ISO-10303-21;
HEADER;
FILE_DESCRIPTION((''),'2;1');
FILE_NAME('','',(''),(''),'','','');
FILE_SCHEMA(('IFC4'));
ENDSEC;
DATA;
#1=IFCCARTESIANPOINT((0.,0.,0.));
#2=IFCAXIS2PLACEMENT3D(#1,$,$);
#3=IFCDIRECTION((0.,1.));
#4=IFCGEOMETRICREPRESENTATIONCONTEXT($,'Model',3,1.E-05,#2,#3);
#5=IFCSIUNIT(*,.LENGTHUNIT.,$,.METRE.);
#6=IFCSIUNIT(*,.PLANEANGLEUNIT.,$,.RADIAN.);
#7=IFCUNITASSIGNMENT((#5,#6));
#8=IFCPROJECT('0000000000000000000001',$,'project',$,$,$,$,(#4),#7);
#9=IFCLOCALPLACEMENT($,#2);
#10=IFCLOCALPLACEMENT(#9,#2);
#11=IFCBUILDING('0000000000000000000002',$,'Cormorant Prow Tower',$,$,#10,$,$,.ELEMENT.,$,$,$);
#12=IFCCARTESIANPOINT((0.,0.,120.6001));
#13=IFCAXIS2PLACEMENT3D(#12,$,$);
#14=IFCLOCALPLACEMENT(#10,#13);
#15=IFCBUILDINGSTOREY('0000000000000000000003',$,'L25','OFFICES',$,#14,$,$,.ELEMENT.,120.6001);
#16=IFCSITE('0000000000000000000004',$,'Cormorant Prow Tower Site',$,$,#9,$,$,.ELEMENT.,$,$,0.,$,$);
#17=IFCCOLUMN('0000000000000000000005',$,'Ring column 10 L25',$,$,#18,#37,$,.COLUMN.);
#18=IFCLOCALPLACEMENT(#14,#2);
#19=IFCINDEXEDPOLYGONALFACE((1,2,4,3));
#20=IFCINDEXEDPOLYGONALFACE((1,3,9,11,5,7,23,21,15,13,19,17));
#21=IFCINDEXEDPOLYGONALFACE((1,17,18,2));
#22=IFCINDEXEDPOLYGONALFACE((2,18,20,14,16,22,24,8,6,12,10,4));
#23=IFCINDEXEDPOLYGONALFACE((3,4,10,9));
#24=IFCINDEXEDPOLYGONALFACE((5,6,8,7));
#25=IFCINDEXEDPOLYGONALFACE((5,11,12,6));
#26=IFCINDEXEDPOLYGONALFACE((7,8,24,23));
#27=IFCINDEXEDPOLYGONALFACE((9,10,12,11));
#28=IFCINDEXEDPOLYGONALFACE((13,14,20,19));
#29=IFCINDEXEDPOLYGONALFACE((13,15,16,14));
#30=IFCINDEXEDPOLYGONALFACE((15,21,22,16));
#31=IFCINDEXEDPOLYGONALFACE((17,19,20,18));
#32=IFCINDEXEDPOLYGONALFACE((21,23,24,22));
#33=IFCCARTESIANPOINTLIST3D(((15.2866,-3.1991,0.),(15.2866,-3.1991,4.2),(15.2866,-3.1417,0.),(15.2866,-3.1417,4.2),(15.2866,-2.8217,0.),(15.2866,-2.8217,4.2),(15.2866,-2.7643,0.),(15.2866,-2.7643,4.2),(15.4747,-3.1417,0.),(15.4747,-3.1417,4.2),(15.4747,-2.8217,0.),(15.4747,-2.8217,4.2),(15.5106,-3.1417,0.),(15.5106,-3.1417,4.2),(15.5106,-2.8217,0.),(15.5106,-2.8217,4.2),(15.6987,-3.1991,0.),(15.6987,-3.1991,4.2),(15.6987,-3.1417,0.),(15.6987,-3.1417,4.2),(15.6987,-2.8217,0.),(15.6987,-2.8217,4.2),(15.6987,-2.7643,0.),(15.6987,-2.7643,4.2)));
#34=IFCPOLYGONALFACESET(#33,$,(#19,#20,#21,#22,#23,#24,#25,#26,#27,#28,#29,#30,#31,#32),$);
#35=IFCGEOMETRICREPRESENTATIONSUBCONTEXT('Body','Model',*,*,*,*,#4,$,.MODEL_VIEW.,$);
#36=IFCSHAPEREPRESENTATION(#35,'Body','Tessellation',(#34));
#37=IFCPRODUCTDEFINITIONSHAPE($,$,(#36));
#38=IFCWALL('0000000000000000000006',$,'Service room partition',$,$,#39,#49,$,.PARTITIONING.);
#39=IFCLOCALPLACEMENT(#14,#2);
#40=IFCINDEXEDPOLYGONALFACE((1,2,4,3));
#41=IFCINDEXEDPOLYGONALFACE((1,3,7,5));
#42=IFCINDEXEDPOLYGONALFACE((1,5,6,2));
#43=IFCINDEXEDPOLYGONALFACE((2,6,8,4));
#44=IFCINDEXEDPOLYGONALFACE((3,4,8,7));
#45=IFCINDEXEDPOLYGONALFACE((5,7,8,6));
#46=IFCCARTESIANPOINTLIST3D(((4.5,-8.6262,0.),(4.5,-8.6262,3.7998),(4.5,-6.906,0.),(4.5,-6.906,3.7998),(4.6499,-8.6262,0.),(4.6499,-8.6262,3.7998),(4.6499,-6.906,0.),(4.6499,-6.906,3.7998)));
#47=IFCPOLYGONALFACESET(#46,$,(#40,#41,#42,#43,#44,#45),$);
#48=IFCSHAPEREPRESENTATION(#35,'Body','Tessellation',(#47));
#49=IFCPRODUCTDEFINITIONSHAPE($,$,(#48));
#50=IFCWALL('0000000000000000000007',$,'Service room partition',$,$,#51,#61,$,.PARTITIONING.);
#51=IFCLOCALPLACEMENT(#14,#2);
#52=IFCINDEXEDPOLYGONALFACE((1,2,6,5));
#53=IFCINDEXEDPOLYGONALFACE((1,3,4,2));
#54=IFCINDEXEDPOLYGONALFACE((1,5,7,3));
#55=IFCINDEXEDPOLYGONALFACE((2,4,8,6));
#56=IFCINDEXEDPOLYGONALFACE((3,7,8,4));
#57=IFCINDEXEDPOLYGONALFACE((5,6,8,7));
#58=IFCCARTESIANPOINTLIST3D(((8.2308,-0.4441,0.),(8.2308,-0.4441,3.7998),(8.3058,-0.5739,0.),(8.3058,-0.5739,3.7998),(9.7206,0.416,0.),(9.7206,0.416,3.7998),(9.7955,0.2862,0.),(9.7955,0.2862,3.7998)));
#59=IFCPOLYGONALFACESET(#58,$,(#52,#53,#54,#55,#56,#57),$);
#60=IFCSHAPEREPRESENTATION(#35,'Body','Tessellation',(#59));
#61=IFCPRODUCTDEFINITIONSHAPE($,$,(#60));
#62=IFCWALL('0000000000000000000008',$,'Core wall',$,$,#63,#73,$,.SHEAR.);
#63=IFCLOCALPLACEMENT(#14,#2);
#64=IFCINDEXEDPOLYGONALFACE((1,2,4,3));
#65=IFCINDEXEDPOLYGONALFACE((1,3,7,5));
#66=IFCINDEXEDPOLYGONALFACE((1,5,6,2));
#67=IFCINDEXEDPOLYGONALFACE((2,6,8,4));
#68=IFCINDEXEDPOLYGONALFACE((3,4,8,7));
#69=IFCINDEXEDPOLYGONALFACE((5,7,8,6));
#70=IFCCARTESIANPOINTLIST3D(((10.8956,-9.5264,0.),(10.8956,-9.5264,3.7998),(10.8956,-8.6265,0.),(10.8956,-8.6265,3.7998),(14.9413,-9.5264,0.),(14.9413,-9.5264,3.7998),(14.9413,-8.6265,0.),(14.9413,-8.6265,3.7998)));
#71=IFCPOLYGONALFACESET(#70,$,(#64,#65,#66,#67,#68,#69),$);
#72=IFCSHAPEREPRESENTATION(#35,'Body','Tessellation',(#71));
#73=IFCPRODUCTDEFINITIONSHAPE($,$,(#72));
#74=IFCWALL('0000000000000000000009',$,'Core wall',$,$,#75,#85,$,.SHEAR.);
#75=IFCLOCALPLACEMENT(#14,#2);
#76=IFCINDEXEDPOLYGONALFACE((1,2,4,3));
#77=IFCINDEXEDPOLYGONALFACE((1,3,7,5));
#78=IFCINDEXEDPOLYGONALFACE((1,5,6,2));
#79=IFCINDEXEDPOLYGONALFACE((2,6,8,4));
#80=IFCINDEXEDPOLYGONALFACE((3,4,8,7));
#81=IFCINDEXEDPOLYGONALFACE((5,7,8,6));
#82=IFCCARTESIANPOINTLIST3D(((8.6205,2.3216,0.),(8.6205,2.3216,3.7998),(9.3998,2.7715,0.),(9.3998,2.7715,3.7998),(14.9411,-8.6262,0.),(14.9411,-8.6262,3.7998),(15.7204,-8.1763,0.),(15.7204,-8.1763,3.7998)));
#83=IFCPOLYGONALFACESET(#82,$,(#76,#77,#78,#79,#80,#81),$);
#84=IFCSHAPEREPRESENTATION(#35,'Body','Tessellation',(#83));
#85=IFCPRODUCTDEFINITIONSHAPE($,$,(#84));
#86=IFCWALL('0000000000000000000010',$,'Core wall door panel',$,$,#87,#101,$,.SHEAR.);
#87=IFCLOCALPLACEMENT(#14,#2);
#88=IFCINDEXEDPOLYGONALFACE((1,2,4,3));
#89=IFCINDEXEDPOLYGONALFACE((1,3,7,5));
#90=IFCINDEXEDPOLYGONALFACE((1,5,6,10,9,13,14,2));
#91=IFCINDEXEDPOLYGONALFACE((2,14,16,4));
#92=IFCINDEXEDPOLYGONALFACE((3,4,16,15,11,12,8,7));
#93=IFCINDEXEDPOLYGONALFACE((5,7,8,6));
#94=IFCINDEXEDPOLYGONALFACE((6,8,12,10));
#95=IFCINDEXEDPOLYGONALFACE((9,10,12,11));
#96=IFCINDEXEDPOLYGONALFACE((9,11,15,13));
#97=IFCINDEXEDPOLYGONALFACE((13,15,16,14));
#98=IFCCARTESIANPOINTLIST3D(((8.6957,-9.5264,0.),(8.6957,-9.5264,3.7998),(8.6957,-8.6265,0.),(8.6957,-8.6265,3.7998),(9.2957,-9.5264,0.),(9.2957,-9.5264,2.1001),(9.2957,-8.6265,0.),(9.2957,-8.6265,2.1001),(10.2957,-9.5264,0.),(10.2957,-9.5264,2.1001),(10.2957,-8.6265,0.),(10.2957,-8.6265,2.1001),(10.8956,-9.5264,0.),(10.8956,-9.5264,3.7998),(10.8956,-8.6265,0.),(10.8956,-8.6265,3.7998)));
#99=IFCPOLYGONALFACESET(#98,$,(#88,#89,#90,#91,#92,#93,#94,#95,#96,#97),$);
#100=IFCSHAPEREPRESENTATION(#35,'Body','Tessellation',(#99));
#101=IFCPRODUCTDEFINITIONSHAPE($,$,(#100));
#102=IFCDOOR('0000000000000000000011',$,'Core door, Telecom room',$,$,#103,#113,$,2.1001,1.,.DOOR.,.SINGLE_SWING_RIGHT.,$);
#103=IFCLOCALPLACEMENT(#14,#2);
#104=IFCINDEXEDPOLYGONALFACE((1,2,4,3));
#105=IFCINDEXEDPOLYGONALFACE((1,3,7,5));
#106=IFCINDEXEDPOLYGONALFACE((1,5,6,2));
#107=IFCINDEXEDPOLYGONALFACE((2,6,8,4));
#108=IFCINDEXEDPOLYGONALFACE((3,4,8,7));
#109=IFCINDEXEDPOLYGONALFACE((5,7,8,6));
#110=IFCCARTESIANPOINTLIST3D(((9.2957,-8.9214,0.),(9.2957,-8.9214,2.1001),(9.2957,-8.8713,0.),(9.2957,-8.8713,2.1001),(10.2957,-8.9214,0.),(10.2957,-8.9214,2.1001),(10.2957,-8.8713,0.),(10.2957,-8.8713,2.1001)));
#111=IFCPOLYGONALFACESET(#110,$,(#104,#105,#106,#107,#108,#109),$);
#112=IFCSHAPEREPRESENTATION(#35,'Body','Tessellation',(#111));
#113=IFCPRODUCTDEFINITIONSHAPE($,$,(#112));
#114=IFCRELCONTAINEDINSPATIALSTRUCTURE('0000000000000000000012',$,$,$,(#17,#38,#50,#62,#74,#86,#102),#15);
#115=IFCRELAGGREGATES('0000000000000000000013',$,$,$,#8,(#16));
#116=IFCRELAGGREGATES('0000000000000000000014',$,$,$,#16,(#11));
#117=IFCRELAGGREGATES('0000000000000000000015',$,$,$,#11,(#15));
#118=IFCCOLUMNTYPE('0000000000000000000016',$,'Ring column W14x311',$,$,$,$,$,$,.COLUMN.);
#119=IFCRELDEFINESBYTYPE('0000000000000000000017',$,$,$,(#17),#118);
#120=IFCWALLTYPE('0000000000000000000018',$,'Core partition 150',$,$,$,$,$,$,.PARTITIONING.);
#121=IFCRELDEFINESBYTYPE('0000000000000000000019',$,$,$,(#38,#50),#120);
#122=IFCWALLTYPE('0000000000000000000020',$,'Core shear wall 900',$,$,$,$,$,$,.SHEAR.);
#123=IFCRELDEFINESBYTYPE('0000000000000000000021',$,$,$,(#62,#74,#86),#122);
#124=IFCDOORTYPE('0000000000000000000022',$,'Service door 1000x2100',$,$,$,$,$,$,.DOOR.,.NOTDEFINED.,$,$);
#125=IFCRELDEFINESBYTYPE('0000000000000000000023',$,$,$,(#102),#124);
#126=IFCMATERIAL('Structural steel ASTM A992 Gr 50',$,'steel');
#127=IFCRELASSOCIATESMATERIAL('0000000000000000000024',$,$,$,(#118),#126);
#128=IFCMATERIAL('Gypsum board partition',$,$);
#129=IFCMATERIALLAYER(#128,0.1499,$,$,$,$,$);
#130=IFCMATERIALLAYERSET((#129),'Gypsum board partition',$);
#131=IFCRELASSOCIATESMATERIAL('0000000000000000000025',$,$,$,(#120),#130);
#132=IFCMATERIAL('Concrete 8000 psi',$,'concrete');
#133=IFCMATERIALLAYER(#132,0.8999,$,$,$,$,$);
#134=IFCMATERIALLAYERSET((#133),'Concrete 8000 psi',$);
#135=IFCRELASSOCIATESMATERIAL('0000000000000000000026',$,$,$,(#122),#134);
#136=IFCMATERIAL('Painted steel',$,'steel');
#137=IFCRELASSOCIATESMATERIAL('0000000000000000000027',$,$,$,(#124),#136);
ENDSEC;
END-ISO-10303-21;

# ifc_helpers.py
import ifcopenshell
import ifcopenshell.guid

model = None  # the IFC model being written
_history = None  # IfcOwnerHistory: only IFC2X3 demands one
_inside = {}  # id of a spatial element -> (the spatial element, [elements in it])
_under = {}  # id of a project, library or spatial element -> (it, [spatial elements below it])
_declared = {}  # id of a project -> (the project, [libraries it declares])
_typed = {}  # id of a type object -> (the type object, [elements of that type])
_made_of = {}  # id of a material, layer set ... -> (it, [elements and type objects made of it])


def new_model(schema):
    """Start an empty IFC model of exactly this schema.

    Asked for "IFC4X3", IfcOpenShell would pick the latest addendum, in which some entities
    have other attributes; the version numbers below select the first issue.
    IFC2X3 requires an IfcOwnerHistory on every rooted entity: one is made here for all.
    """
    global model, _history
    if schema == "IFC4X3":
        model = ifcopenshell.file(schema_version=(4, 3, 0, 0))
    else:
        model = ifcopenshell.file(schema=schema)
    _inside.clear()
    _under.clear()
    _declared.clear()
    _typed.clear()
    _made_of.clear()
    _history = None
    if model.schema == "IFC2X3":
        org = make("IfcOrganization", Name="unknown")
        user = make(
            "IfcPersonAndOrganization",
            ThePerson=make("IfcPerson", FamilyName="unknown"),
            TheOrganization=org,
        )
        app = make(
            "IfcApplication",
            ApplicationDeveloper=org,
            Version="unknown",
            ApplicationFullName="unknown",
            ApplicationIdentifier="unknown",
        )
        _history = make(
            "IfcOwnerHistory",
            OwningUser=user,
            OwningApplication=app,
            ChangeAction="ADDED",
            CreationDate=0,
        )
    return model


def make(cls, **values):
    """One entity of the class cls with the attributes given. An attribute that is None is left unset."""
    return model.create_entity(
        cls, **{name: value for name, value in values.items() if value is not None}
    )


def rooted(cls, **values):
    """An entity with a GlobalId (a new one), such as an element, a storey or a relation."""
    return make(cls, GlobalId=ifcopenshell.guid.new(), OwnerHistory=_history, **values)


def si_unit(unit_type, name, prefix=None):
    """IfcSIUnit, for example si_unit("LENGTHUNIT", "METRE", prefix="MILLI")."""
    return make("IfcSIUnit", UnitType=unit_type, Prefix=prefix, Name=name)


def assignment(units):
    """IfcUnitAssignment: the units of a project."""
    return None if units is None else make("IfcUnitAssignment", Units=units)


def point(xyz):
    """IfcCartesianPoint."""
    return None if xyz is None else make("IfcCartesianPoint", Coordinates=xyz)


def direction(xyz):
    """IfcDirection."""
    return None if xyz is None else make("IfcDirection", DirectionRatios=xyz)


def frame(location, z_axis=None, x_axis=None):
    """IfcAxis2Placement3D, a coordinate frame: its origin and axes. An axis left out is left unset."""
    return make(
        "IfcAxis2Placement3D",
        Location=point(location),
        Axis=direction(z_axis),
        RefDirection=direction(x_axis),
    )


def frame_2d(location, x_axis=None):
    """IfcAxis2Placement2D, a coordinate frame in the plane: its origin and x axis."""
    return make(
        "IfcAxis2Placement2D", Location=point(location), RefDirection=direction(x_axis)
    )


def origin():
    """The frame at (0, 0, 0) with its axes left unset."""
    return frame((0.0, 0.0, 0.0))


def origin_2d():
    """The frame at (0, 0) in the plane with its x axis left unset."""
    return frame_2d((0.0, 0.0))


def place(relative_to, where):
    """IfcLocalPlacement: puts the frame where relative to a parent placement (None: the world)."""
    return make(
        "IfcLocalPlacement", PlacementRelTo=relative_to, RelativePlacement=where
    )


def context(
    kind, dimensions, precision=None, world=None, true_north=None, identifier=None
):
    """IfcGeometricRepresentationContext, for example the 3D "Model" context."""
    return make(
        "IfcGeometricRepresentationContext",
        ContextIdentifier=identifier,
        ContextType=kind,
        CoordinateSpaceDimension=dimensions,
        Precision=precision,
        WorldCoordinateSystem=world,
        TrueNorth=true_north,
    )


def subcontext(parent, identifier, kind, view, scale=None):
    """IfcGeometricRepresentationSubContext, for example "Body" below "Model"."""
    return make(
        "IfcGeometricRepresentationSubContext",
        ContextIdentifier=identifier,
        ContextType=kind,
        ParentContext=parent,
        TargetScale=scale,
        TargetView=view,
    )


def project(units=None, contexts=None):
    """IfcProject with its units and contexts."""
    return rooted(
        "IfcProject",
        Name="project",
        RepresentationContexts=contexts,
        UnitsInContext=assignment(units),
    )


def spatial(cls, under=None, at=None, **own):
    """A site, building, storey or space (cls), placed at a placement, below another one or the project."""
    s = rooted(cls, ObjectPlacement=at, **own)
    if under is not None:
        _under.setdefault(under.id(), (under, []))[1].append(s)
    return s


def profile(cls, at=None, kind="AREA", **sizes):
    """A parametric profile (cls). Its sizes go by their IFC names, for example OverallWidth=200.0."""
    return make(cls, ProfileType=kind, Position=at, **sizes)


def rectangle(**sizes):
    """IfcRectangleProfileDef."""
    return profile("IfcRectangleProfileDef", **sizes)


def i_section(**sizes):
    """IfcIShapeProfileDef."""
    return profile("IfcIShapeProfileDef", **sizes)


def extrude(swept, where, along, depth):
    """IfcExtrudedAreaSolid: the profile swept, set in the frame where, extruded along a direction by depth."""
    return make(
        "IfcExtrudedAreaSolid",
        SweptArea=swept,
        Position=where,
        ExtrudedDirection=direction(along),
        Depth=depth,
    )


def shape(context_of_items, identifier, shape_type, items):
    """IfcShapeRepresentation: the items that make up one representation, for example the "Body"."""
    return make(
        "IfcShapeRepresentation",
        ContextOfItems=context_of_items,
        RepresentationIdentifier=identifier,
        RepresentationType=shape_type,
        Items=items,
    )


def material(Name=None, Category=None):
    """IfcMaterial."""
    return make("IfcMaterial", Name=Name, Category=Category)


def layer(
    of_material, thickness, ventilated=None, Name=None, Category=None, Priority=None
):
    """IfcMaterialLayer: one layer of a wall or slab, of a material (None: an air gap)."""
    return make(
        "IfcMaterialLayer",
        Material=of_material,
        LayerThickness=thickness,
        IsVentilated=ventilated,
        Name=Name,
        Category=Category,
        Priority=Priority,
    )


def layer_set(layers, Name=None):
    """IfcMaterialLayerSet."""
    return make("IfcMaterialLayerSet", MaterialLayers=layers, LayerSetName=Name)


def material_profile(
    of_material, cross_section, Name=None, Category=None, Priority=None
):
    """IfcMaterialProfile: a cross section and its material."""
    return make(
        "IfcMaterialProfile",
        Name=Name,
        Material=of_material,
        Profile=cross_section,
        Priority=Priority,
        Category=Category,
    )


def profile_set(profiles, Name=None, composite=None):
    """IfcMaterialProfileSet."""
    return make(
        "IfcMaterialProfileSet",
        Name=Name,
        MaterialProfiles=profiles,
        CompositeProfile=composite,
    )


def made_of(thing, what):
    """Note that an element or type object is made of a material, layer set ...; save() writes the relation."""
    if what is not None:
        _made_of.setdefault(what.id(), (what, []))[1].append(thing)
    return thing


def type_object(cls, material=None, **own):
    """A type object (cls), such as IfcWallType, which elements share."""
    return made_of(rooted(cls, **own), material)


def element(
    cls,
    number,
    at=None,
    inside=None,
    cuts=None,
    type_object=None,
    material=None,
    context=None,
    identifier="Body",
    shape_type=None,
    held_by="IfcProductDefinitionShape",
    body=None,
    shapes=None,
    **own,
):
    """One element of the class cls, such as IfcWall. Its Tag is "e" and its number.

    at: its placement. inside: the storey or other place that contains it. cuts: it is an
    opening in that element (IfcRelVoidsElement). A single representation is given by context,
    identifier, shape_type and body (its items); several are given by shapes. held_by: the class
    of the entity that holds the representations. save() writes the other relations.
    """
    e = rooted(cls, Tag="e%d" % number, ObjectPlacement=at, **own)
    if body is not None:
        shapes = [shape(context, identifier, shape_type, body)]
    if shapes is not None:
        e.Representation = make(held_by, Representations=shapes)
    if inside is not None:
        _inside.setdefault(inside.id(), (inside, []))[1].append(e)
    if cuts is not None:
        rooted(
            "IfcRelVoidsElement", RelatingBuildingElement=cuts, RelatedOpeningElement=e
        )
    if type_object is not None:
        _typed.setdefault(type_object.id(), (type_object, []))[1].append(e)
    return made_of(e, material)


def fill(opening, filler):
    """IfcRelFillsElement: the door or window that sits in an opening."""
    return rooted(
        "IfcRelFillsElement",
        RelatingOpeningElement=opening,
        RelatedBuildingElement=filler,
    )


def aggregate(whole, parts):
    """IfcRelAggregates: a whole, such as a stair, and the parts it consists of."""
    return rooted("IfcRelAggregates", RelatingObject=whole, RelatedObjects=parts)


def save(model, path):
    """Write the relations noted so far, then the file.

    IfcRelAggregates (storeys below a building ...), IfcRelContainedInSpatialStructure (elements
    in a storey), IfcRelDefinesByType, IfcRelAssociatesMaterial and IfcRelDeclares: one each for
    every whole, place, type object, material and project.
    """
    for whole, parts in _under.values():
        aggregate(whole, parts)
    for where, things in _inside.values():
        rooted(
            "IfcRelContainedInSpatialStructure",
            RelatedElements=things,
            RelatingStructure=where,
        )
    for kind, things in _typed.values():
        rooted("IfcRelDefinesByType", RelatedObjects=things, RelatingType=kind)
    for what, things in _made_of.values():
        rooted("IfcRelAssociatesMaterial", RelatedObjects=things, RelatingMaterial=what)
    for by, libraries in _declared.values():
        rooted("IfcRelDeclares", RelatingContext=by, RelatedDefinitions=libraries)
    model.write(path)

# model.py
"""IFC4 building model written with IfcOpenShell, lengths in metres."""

from ifc_helpers import new_model, si_unit, direction, frame, frame_2d, origin, origin_2d, place, context, subcontext, project, spatial, rectangle, i_section, extrude, material, layer, layer_set, material_profile, profile_set, type_object, element, fill, save


model = new_model("IFC4")

# Units and contexts
model_context = context("Model", 3, precision=1e-05, world=origin(), true_north=direction((0.0, 1.0)))
body_context = subcontext(model_context, "Body", "Model", "MODEL_VIEW")
ifc_project = project(units=[si_unit("LENGTHUNIT", "METRE"), si_unit("PLANEANGLEUNIT", "RADIAN")], contexts=[model_context])

# Site, building, storey
site_placement = place(None, origin())
site = spatial("IfcSite", under=ifc_project, at=site_placement, Name="Cormorant Prow Tower Site", CompositionType="ELEMENT", RefElevation=0.0)
building_placement = place(site_placement, origin())
building = spatial("IfcBuilding", under=site, at=building_placement, Name="Cormorant Prow Tower", CompositionType="ELEMENT")
storey_placement = place(building_placement, frame((0.0, 0.0, 120.6001)))
storey = spatial("IfcBuildingStorey", under=building, at=storey_placement, Name="L25", Description="OFFICES", CompositionType="ELEMENT", Elevation=120.6001)

# Column
ifc_material_1 = material(Name="Structural steel ASTM A992 Gr 50", Category="steel")
ifc_material_profile = material_profile(ifc_material_1, i_section(OverallWidth=0.4121, OverallDepth=0.4348, WebThickness=0.0359, FlangeThickness=0.0574, at=origin_2d()), Name="W14x311")
ifc_profile_set = profile_set([ifc_material_profile], Name="Structural steel ASTM A992 Gr 50")
column_type = type_object("IfcColumnType", Name="Ring column W14x311", PredefinedType="COLUMN", material=ifc_profile_set)
column_placement = place(storey_placement, frame((15.4927, -2.9817, 0.0), z_axis=(0.0, 0.0, 1.0), x_axis=(1.0, 0.0, 0.0)))
element("IfcColumn", 1, at=column_placement, inside=storey, type_object=column_type, Name="Ring column 10 L25", PredefinedType="COLUMN", context=body_context, shape_type="SweptSolid", body=[
    extrude(i_section(OverallWidth=0.4121, OverallDepth=0.4348, WebThickness=0.0359, FlangeThickness=0.0574, at=origin_2d()), origin(), (0.0, 0.0, 1.0), 4.2),
])

# Walls
ifc_material_2 = material(Name="Gypsum board partition")
ifc_layer_1 = layer(ifc_material_2, 0.1499)
ifc_layer_set_1 = layer_set([ifc_layer_1], Name="Gypsum board partition")
wall_type_1 = type_object("IfcWallType", Name="Core partition 150", PredefinedType="PARTITIONING", material=ifc_layer_set_1)
for number, where, z_axis, x_axis, name in (
    (2, (4.575, -6.906, 0.0), (0.0, 0.0, 1.0), (0.0, -1.0, 0.0), "Service room partition"),
    (3, (8.2683, -0.509, 0.0), (0.0, 0.0, 1.0), (0.866025, 0.500001, 0.0), "Service room partition"),
):
    element("IfcWall", number, at=place(storey_placement, frame(where, z_axis=z_axis, x_axis=x_axis)), inside=storey, type_object=wall_type_1, Name=name, PredefinedType="PARTITIONING", context=body_context, shape_type="SweptSolid", body=[
        extrude(rectangle(XDim=1.7202, YDim=0.1499, at=frame_2d((0.8601, 0.0))), origin(), (0.0, 0.0, 1.0), 3.7998),
    ])
ifc_material_3 = material(Name="Concrete 8000 psi", Category="concrete")
ifc_layer_2 = layer(ifc_material_3, 0.8999)
ifc_layer_set_2 = layer_set([ifc_layer_2], Name="Concrete 8000 psi")
wall_type_2 = type_object("IfcWallType", Name="Core shear wall 900", PredefinedType="SHEAR", material=ifc_layer_set_2)
wall_1_placement = place(storey_placement, frame((10.8955, -9.0764, 0.0), z_axis=(0.0, 0.0, 1.0), x_axis=(1.0, 0.0, 0.0)))
element("IfcWall", 4, at=wall_1_placement, inside=storey, type_object=wall_type_2, Name="Core wall", PredefinedType="SHEAR", context=body_context, shape_type="SweptSolid", body=[
    extrude(rectangle(XDim=4.0457, YDim=0.8999, at=frame_2d((2.0229, 0.0))), origin(), (0.0, 0.0, 1.0), 3.7998),
])
wall_2_placement = place(storey_placement, frame((15.3308, -8.4014, 0.0), z_axis=(0.0, 0.0, 1.0), x_axis=(-0.499992, 0.86603, 0.0)))
element("IfcWall", 5, at=wall_2_placement, inside=storey, type_object=wall_type_2, Name="Core wall", PredefinedType="SHEAR", context=body_context, shape_type="SweptSolid", body=[
    extrude(rectangle(XDim=12.6414, YDim=0.8999, at=frame_2d((6.3208, 0.0))), origin(), (0.0, 0.0, 1.0), 3.7998),
])

# Wall, opening, door
wall_3_placement = place(storey_placement, frame((8.6956, -9.0764, 0.0), z_axis=(0.0, 0.0, 1.0), x_axis=(1.0, 0.0, 0.0)))
wall_3 = element("IfcWall", 6, at=wall_3_placement, inside=storey, type_object=wall_type_2, Name="Core wall door panel", PredefinedType="SHEAR", context=body_context, shape_type="SweptSolid", body=[
    extrude(rectangle(XDim=2.2, YDim=0.8999, at=frame_2d((1.1001, 0.0))), origin(), (0.0, 0.0, 1.0), 3.7998),
])
opening_1_placement = place(wall_3_placement, frame((0.6001, 0.0, 0.0)))
opening_1 = element("IfcOpeningElement", 7, at=opening_1_placement, cuts=wall_3, PredefinedType="OPENING", context=body_context, shape_type="SweptSolid", body=[
    extrude(rectangle(XDim=1.0, YDim=2.1001, at=frame_2d((0.5, 1.05))), frame((0.0, 0.46, 0.0), z_axis=(0.0, -1.0, 0.0), x_axis=(1.0, 0.0, 0.0)), (0.0, 0.0, 1.0), 0.9199),
])
ifc_material_4 = material(Name="Painted steel", Category="steel")
door_type_1 = type_object("IfcDoorType", Name="Service door 1000x2100", OperationType="NOTDEFINED", PredefinedType="DOOR", material=ifc_material_4)
door_1_placement = place(opening_1_placement, origin())
door_1 = element("IfcDoor", 8, at=door_1_placement, inside=storey, type_object=door_type_1, Name="Core door, Telecom room", OperationType="SINGLE_SWING_RIGHT", OverallHeight=2.1001, OverallWidth=1.0, PredefinedType="DOOR", context=body_context, shape_type="SweptSolid", body=[
    extrude(rectangle(XDim=1.0, YDim=2.1001, at=frame_2d((0.5, 1.05))), frame((0.0, 0.2051, 0.0), z_axis=(0.0, -1.0, 0.0), x_axis=(1.0, 0.0, 0.0)), (0.0, 0.0, 1.0), 0.05),
])
fill(opening_1, door_1)

save(model, "model.ifc")
